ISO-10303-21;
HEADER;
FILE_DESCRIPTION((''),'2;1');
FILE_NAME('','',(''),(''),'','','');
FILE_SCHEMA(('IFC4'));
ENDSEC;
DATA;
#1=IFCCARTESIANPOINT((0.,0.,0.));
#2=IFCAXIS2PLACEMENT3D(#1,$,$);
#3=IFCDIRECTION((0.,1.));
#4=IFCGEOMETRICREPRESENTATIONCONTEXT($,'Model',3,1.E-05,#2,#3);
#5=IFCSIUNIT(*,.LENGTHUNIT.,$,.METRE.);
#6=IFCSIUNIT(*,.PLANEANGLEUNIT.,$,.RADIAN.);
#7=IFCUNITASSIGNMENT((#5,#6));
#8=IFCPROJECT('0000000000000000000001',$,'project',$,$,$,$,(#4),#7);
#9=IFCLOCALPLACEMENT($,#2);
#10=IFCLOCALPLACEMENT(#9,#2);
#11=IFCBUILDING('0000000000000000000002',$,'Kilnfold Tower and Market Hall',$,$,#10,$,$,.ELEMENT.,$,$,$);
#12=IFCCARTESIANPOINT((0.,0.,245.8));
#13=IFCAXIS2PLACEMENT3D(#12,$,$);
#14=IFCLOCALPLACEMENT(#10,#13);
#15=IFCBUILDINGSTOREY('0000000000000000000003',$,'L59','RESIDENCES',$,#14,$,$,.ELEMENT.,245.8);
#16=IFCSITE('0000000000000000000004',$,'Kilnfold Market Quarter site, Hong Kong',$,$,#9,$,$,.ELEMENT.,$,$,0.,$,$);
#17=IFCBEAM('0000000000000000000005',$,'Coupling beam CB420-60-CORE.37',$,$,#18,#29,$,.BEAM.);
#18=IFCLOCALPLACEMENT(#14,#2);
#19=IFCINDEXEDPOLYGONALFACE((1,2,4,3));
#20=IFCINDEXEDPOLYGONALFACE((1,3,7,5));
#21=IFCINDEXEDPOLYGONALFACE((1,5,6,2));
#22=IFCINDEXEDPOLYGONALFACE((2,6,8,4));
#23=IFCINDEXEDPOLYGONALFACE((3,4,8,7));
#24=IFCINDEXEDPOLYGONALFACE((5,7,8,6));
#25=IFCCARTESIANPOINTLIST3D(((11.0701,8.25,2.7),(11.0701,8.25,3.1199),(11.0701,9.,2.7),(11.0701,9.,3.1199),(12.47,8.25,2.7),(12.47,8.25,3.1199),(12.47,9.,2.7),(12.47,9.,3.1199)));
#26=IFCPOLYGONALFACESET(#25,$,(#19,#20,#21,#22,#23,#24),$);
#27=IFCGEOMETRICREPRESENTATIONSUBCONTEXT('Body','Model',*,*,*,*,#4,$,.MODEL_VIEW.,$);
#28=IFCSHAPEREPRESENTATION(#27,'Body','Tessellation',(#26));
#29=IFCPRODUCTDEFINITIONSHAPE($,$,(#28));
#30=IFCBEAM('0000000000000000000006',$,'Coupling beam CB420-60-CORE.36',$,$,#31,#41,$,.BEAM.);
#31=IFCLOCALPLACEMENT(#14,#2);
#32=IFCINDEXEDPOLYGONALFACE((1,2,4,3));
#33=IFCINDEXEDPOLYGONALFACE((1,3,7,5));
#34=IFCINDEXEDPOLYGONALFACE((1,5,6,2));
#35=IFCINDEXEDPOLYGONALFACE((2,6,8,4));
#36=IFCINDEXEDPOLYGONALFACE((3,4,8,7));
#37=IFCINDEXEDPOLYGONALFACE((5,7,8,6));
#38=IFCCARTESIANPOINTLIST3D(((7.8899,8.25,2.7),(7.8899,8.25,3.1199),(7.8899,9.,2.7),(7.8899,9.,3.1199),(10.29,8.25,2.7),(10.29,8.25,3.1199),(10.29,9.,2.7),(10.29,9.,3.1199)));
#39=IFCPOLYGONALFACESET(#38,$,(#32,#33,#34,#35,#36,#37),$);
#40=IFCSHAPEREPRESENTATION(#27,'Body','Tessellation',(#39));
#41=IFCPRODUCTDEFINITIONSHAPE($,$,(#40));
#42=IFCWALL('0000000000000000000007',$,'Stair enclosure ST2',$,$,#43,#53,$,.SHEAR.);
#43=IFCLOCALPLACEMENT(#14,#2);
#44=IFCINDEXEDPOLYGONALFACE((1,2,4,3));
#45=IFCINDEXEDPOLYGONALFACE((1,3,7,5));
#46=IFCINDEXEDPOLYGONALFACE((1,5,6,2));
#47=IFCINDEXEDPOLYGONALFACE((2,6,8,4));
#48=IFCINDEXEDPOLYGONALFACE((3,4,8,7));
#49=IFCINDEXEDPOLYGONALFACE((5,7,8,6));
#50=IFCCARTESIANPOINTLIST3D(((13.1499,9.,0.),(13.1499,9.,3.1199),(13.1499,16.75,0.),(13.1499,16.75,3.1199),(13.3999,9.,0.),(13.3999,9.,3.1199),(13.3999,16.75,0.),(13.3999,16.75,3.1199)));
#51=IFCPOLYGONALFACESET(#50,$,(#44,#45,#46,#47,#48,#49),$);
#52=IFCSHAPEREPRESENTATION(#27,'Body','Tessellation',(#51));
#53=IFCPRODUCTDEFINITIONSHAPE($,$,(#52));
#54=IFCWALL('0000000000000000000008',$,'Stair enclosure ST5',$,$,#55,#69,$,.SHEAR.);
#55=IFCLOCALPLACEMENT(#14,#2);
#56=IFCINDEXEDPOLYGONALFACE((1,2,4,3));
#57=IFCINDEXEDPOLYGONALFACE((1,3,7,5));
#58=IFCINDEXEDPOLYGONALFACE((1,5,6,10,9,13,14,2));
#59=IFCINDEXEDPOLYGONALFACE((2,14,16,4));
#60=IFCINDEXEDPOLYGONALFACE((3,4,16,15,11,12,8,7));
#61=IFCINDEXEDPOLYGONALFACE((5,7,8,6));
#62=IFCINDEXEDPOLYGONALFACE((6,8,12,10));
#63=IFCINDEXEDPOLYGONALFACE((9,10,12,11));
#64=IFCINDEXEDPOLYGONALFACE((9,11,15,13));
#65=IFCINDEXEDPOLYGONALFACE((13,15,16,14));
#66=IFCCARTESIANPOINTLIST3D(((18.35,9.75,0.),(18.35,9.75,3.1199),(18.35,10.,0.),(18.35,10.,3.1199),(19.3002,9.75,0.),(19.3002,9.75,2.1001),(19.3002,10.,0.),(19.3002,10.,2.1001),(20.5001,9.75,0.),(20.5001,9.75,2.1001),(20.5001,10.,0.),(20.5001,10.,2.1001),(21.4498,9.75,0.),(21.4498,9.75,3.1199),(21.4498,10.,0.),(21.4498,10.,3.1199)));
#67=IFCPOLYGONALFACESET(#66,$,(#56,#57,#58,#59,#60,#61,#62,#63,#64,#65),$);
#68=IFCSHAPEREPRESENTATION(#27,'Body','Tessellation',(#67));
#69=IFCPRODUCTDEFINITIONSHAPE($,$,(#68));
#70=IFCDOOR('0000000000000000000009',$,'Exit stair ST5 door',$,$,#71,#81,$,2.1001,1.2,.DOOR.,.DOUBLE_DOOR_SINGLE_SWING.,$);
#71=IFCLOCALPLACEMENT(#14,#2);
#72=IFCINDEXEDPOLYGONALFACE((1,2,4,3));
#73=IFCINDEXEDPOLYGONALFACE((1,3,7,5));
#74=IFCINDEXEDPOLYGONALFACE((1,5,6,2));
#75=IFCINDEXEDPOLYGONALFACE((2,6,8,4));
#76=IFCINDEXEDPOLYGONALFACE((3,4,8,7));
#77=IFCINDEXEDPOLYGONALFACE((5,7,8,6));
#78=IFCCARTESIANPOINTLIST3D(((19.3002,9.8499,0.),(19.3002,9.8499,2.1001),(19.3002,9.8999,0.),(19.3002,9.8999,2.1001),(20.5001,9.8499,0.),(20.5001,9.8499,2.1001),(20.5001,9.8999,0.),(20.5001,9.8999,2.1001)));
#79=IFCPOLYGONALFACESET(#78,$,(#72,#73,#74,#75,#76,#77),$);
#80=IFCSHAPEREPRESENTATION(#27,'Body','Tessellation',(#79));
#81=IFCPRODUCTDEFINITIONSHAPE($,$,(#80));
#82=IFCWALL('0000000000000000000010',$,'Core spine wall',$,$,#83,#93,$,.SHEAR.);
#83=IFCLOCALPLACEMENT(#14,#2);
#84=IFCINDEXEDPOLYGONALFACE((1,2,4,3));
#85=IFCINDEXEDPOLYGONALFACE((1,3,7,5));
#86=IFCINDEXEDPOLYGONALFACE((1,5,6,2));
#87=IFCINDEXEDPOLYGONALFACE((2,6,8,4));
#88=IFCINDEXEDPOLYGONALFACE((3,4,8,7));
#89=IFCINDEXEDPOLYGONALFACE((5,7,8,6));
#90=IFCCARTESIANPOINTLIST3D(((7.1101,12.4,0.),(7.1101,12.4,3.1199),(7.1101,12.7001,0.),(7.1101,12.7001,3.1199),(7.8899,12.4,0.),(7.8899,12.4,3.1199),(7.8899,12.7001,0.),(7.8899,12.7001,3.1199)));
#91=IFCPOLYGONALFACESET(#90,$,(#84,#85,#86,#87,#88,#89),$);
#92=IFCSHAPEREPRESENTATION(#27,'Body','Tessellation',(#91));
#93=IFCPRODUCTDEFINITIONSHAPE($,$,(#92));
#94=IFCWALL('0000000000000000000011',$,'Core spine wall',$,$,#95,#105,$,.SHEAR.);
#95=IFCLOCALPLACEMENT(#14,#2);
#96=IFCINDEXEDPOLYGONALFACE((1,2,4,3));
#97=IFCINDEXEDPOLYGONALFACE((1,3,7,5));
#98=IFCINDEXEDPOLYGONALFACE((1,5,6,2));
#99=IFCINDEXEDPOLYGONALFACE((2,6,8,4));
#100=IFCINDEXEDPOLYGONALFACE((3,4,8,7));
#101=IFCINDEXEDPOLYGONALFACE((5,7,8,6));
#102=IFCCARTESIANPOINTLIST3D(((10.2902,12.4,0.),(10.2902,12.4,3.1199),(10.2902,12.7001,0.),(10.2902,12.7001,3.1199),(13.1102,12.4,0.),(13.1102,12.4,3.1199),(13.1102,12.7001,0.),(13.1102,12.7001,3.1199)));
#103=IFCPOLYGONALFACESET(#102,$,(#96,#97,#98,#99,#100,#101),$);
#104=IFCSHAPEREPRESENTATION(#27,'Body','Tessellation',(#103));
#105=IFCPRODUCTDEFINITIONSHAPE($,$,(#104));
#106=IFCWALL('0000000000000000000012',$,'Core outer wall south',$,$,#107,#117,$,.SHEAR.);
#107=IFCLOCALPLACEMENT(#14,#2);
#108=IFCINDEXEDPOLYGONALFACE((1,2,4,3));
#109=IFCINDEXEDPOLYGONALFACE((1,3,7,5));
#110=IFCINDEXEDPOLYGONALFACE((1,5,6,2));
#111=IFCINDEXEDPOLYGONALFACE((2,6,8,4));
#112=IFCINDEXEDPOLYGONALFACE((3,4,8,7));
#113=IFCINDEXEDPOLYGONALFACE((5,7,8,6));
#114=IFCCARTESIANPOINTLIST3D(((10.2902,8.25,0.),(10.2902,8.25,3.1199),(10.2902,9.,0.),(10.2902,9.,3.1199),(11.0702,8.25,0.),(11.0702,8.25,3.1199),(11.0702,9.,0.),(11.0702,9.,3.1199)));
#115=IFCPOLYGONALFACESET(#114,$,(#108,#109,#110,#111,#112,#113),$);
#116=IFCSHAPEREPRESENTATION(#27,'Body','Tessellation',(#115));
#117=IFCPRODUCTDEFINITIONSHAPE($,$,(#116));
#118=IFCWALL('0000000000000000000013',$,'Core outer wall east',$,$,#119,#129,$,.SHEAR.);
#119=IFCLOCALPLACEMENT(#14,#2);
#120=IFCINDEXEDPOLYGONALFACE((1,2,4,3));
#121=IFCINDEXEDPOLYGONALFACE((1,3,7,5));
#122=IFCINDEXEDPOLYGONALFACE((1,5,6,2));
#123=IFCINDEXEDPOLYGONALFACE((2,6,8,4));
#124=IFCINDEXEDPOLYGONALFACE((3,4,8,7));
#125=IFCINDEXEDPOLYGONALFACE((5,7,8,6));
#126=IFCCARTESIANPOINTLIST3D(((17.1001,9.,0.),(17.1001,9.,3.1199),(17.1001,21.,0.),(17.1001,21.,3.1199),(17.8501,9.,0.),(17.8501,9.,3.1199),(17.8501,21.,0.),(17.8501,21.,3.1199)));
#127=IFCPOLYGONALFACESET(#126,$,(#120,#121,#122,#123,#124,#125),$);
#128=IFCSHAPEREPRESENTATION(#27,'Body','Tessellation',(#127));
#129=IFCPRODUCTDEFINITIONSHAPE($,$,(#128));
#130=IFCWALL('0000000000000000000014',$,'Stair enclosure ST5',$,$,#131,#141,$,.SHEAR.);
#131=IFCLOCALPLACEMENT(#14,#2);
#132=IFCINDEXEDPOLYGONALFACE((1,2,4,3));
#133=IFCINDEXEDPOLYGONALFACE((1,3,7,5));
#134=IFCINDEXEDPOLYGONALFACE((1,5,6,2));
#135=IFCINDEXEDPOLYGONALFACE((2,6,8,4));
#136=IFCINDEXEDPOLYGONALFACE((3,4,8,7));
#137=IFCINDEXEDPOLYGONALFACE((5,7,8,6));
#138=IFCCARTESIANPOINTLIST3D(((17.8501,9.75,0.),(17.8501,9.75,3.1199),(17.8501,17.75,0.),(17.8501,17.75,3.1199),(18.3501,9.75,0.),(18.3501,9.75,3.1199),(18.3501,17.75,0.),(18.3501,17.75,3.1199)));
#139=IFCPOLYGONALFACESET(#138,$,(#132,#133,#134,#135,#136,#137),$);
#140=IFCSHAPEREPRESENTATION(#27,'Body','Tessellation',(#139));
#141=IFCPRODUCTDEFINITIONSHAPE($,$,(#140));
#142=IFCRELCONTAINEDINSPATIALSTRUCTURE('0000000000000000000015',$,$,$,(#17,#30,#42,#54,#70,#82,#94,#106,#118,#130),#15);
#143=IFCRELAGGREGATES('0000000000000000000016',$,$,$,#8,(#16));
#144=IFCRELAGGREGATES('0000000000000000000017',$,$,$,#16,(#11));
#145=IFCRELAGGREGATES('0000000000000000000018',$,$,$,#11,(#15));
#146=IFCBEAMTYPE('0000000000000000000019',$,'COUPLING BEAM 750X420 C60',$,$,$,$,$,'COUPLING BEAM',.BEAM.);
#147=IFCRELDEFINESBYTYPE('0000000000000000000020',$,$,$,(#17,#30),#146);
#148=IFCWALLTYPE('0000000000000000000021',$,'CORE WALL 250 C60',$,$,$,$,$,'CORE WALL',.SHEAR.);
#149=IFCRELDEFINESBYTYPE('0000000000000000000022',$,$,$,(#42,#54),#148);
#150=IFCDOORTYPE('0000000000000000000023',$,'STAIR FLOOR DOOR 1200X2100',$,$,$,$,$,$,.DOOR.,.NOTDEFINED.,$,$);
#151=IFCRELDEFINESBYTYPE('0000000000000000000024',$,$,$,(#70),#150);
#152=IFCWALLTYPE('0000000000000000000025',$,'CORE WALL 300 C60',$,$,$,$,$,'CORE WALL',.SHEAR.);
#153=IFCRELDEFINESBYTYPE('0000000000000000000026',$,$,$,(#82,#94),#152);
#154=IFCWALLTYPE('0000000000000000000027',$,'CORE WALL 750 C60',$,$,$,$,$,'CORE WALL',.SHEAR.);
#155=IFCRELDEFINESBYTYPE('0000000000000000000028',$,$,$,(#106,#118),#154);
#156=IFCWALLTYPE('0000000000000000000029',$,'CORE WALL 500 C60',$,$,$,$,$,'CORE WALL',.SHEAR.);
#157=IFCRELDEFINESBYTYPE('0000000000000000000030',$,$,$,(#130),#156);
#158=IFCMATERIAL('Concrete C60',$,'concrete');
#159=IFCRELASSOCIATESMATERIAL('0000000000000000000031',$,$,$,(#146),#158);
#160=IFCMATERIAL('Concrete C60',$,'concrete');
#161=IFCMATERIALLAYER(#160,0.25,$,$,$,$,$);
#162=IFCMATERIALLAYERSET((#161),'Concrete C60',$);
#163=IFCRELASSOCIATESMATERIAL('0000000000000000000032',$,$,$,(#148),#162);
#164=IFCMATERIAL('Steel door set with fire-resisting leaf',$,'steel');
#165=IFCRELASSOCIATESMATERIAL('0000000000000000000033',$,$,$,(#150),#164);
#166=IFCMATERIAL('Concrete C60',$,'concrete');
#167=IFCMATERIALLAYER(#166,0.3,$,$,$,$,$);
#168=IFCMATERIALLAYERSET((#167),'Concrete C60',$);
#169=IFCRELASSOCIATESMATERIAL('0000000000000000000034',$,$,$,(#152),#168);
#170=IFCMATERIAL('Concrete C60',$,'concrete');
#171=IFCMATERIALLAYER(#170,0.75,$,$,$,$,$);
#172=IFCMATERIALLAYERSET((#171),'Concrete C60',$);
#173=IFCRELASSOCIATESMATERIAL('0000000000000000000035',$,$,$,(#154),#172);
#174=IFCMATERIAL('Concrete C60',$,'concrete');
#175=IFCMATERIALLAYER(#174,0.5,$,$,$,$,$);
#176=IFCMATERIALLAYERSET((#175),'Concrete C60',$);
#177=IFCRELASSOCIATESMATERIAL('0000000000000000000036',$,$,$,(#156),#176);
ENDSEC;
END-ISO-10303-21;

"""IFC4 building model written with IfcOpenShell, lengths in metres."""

from ifc_helpers import new_model, si_unit, direction, frame, frame_2d, origin, origin_2d, place, context, subcontext, project, spatial, rectangle, extrude, source, transform, mapped, material, layer, layer_set, material_profile, profile_set, type_object, element, fill, save


model = new_model("IFC4")

# Units and contexts
model_context = context("Model", 3, precision=1e-05, world=origin(), true_north=direction((0.0, 1.0)))
body_context = subcontext(model_context, "Body", "Model", "MODEL_VIEW")
ifc_project = project(units=[si_unit("LENGTHUNIT", "METRE"), si_unit("PLANEANGLEUNIT", "RADIAN")], contexts=[model_context])

# Site, building, storey
site_placement = place(None, origin())
site = spatial("IfcSite", under=ifc_project, at=site_placement, Name="Kilnfold Market Quarter site, Hong Kong", CompositionType="ELEMENT", RefElevation=0.0)
building_placement = place(site_placement, origin())
building = spatial("IfcBuilding", under=site, at=building_placement, Name="Kilnfold Tower and Market Hall", CompositionType="ELEMENT")
storey_placement = place(building_placement, frame((0.0, 0.0, 245.8)))
storey = spatial("IfcBuildingStorey", under=building, at=storey_placement, Name="L59", Description="RESIDENCES", CompositionType="ELEMENT", Elevation=245.8)

# Beams
ifc_material_1 = material(Name="Concrete C60", Category="concrete")
ifc_material_profile = material_profile(ifc_material_1, rectangle(XDim=0.75, YDim=0.4199, at=origin_2d()), Name="RC 750x420")
ifc_profile_set = profile_set([ifc_material_profile], Name="Concrete C60")
beam_type = type_object("IfcBeamType", Name="COUPLING BEAM 750X420 C60", ElementType="COUPLING BEAM", PredefinedType="BEAM", material=ifc_profile_set)
shared_shape_1 = source(origin(), body_context, "Body", "SweptSolid", [
    extrude(rectangle(XDim=0.75, YDim=0.4199, at=origin_2d()), origin(), (0.0, 0.0, 1.0), 1.3999),
])
beam_1_placement = place(storey_placement, frame((11.0701, 8.625, 2.9099), z_axis=(1.0, 0.0, 0.0), x_axis=(0.0, 1.0, 0.0)))
element("IfcBeam", 1, at=beam_1_placement, inside=storey, type_object=beam_type, Name="Coupling beam CB420-60-CORE.37", PredefinedType="BEAM", context=body_context, shape_type="MappedRepresentation", body=[
    mapped(shared_shape_1, transform((0.0, 0.0, 0.0))),
])
shared_shape_2 = source(origin(), body_context, "Body", "SweptSolid", [
    extrude(rectangle(XDim=0.75, YDim=0.4199, at=origin_2d()), origin(), (0.0, 0.0, 1.0), 2.4001),
])
beam_2_placement = place(storey_placement, frame((7.8899, 8.625, 2.9099), z_axis=(1.0, 0.0, 0.0), x_axis=(0.0, 1.0, 0.0)))
element("IfcBeam", 2, at=beam_2_placement, inside=storey, type_object=beam_type, Name="Coupling beam CB420-60-CORE.36", PredefinedType="BEAM", context=body_context, shape_type="MappedRepresentation", body=[
    mapped(shared_shape_2, transform((0.0, 0.0, 0.0))),
])

# Wall
ifc_material_2 = material(Name="Concrete C60", Category="concrete")
ifc_layer_1 = layer(ifc_material_2, 0.25)
ifc_layer_set_1 = layer_set([ifc_layer_1], Name="Concrete C60")
wall_type_1 = type_object("IfcWallType", Name="CORE WALL 250 C60", ElementType="CORE WALL", PredefinedType="SHEAR", material=ifc_layer_set_1)
shared_shape_3 = source(origin(), body_context, "Body", "SweptSolid", [
    extrude(rectangle(XDim=7.75, YDim=0.25, at=frame_2d((3.875, 0.0))), origin(), (0.0, 0.0, 1.0), 3.1199),
])
wall_1_placement = place(storey_placement, frame((13.2749, 9.0, 0.0), z_axis=(0.0, 0.0, 1.0), x_axis=(0.0, 1.0, 0.0)))
element("IfcWall", 3, at=wall_1_placement, inside=storey, type_object=wall_type_1, Name="Stair enclosure ST2", PredefinedType="SHEAR", context=body_context, shape_type="MappedRepresentation", body=[
    mapped(shared_shape_3, transform((0.0, 0.0, 0.0))),
])

# Wall, opening, door
shared_shape_4 = source(origin(), body_context, "Body", "SweptSolid", [
    extrude(rectangle(XDim=3.0999, YDim=0.25, at=frame_2d((1.5498, 0.0))), origin(), (0.0, 0.0, 1.0), 3.1199),
])
wall_2_placement = place(storey_placement, frame((18.3501, 9.875, 0.0), z_axis=(0.0, 0.0, 1.0), x_axis=(1.0, 0.0, 0.0)))
wall_2 = element("IfcWall", 4, at=wall_2_placement, inside=storey, type_object=wall_type_1, Name="Stair enclosure ST5", PredefinedType="SHEAR", context=body_context, shape_type="MappedRepresentation", body=[
    mapped(shared_shape_4, transform((0.0, 0.0, 0.0))),
])
opening_1_placement = place(wall_2_placement, frame((0.95, 0.0, 0.0)))
opening_1 = element("IfcOpeningElement", 5, at=opening_1_placement, cuts=wall_2, PredefinedType="OPENING", context=body_context, shape_type="SweptSolid", body=[
    extrude(rectangle(XDim=1.2, YDim=2.1001, at=frame_2d((0.6001, 1.05))), frame((0.0, 0.135, 0.0), z_axis=(0.0, -1.0, 0.0), x_axis=(1.0, 0.0, 0.0)), (0.0, 0.0, 1.0), 0.27),
])
ifc_material_3 = material(Name="Steel door set with fire-resisting leaf", Category="steel")
door_type_1 = type_object("IfcDoorType", Name="STAIR FLOOR DOOR 1200X2100", OperationType="NOTDEFINED", PredefinedType="DOOR", material=ifc_material_3)
door_1_placement = place(opening_1_placement, origin())
door_1 = element("IfcDoor", 6, at=door_1_placement, inside=storey, type_object=door_type_1, Name="Exit stair ST5 door", OperationType="DOUBLE_DOOR_SINGLE_SWING", OverallHeight=2.1001, OverallWidth=1.2, PredefinedType="DOOR", context=body_context, shape_type="SweptSolid", body=[
    extrude(rectangle(XDim=1.2, YDim=2.1001, at=frame_2d((0.6001, 1.05))), frame((0.0, 0.0249, 0.0), z_axis=(0.0, -1.0, 0.0), x_axis=(1.0, 0.0, 0.0)), (0.0, 0.0, 1.0), 0.05),
])
fill(opening_1, door_1)

# Walls
ifc_material_4 = material(Name="Concrete C60", Category="concrete")
ifc_layer_2 = layer(ifc_material_4, 0.3)
ifc_layer_set_2 = layer_set([ifc_layer_2], Name="Concrete C60")
wall_type_2 = type_object("IfcWallType", Name="CORE WALL 300 C60", ElementType="CORE WALL", PredefinedType="SHEAR", material=ifc_layer_set_2)
shared_shape_5 = source(origin(), body_context, "Body", "SweptSolid", [
    extrude(rectangle(XDim=0.7798, YDim=0.3, at=frame_2d((0.3899, 0.0))), origin(), (0.0, 0.0, 1.0), 3.1199),
])
wall_3_placement = place(storey_placement, frame((7.1101, 12.55, 0.0), z_axis=(0.0, 0.0, 1.0), x_axis=(1.0, 0.0, 0.0)))
element("IfcWall", 7, at=wall_3_placement, inside=storey, type_object=wall_type_2, Name="Core spine wall", PredefinedType="SHEAR", context=body_context, shape_type="MappedRepresentation", body=[
    mapped(shared_shape_5, transform((0.0, 0.0, 0.0))),
])
shared_shape_6 = source(origin(), body_context, "Body", "SweptSolid", [
    extrude(rectangle(XDim=2.8201, YDim=0.3, at=frame_2d((1.4102, 0.0))), origin(), (0.0, 0.0, 1.0), 3.1199),
])
wall_4_placement = place(storey_placement, frame((10.29, 12.55, 0.0), z_axis=(0.0, 0.0, 1.0), x_axis=(1.0, 0.0, 0.0)))
element("IfcWall", 8, at=wall_4_placement, inside=storey, type_object=wall_type_2, Name="Core spine wall", PredefinedType="SHEAR", context=body_context, shape_type="MappedRepresentation", body=[
    mapped(shared_shape_6, transform((0.0, 0.0, 0.0))),
])
ifc_material_5 = material(Name="Concrete C60", Category="concrete")
ifc_layer_3 = layer(ifc_material_5, 0.75)
ifc_layer_set_3 = layer_set([ifc_layer_3], Name="Concrete C60")
wall_type_3 = type_object("IfcWallType", Name="CORE WALL 750 C60", ElementType="CORE WALL", PredefinedType="SHEAR", material=ifc_layer_set_3)
shared_shape_7 = source(origin(), body_context, "Body", "SweptSolid", [
    extrude(rectangle(XDim=0.78, YDim=0.75, at=frame_2d((0.3901, 0.0))), origin(), (0.0, 0.0, 1.0), 3.1199),
])
wall_5_placement = place(storey_placement, frame((10.29, 8.625, 0.0), z_axis=(0.0, 0.0, 1.0), x_axis=(1.0, 0.0, 0.0)))
element("IfcWall", 9, at=wall_5_placement, inside=storey, type_object=wall_type_3, Name="Core outer wall south", PredefinedType="SHEAR", context=body_context, shape_type="MappedRepresentation", body=[
    mapped(shared_shape_7, transform((0.0, 0.0, 0.0))),
])

# Walls
shared_shape_8 = source(origin(), body_context, "Body", "SweptSolid", [
    extrude(rectangle(XDim=12.0, YDim=0.75, at=frame_2d((6.0, 0.0))), origin(), (0.0, 0.0, 1.0), 3.1199),
])
wall_6_placement = place(storey_placement, frame((17.4751, 9.0, 0.0), z_axis=(0.0, 0.0, 1.0), x_axis=(0.0, 1.0, 0.0)))
element("IfcWall", 10, at=wall_6_placement, inside=storey, type_object=wall_type_3, Name="Core outer wall east", PredefinedType="SHEAR", context=body_context, shape_type="MappedRepresentation", body=[
    mapped(shared_shape_8, transform((0.0, 0.0, 0.0))),
])
ifc_material_6 = material(Name="Concrete C60", Category="concrete")
ifc_layer_4 = layer(ifc_material_6, 0.5)
ifc_layer_set_4 = layer_set([ifc_layer_4], Name="Concrete C60")
wall_type_4 = type_object("IfcWallType", Name="CORE WALL 500 C60", ElementType="CORE WALL", PredefinedType="SHEAR", material=ifc_layer_set_4)
shared_shape_9 = source(origin(), body_context, "Body", "SweptSolid", [
    extrude(rectangle(XDim=8.0, YDim=0.5, at=frame_2d((4.0, 0.0))), origin(), (0.0, 0.0, 1.0), 3.1199),
])
wall_7_placement = place(storey_placement, frame((18.1001, 9.75, 0.0), z_axis=(0.0, 0.0, 1.0), x_axis=(0.0, 1.0, 0.0)))
element("IfcWall", 11, at=wall_7_placement, inside=storey, type_object=wall_type_4, Name="Stair enclosure ST5", PredefinedType="SHEAR", context=body_context, shape_type="MappedRepresentation", body=[
    mapped(shared_shape_9, transform((0.0, 0.0, 0.0))),
])

save(model, "model.ifc")
